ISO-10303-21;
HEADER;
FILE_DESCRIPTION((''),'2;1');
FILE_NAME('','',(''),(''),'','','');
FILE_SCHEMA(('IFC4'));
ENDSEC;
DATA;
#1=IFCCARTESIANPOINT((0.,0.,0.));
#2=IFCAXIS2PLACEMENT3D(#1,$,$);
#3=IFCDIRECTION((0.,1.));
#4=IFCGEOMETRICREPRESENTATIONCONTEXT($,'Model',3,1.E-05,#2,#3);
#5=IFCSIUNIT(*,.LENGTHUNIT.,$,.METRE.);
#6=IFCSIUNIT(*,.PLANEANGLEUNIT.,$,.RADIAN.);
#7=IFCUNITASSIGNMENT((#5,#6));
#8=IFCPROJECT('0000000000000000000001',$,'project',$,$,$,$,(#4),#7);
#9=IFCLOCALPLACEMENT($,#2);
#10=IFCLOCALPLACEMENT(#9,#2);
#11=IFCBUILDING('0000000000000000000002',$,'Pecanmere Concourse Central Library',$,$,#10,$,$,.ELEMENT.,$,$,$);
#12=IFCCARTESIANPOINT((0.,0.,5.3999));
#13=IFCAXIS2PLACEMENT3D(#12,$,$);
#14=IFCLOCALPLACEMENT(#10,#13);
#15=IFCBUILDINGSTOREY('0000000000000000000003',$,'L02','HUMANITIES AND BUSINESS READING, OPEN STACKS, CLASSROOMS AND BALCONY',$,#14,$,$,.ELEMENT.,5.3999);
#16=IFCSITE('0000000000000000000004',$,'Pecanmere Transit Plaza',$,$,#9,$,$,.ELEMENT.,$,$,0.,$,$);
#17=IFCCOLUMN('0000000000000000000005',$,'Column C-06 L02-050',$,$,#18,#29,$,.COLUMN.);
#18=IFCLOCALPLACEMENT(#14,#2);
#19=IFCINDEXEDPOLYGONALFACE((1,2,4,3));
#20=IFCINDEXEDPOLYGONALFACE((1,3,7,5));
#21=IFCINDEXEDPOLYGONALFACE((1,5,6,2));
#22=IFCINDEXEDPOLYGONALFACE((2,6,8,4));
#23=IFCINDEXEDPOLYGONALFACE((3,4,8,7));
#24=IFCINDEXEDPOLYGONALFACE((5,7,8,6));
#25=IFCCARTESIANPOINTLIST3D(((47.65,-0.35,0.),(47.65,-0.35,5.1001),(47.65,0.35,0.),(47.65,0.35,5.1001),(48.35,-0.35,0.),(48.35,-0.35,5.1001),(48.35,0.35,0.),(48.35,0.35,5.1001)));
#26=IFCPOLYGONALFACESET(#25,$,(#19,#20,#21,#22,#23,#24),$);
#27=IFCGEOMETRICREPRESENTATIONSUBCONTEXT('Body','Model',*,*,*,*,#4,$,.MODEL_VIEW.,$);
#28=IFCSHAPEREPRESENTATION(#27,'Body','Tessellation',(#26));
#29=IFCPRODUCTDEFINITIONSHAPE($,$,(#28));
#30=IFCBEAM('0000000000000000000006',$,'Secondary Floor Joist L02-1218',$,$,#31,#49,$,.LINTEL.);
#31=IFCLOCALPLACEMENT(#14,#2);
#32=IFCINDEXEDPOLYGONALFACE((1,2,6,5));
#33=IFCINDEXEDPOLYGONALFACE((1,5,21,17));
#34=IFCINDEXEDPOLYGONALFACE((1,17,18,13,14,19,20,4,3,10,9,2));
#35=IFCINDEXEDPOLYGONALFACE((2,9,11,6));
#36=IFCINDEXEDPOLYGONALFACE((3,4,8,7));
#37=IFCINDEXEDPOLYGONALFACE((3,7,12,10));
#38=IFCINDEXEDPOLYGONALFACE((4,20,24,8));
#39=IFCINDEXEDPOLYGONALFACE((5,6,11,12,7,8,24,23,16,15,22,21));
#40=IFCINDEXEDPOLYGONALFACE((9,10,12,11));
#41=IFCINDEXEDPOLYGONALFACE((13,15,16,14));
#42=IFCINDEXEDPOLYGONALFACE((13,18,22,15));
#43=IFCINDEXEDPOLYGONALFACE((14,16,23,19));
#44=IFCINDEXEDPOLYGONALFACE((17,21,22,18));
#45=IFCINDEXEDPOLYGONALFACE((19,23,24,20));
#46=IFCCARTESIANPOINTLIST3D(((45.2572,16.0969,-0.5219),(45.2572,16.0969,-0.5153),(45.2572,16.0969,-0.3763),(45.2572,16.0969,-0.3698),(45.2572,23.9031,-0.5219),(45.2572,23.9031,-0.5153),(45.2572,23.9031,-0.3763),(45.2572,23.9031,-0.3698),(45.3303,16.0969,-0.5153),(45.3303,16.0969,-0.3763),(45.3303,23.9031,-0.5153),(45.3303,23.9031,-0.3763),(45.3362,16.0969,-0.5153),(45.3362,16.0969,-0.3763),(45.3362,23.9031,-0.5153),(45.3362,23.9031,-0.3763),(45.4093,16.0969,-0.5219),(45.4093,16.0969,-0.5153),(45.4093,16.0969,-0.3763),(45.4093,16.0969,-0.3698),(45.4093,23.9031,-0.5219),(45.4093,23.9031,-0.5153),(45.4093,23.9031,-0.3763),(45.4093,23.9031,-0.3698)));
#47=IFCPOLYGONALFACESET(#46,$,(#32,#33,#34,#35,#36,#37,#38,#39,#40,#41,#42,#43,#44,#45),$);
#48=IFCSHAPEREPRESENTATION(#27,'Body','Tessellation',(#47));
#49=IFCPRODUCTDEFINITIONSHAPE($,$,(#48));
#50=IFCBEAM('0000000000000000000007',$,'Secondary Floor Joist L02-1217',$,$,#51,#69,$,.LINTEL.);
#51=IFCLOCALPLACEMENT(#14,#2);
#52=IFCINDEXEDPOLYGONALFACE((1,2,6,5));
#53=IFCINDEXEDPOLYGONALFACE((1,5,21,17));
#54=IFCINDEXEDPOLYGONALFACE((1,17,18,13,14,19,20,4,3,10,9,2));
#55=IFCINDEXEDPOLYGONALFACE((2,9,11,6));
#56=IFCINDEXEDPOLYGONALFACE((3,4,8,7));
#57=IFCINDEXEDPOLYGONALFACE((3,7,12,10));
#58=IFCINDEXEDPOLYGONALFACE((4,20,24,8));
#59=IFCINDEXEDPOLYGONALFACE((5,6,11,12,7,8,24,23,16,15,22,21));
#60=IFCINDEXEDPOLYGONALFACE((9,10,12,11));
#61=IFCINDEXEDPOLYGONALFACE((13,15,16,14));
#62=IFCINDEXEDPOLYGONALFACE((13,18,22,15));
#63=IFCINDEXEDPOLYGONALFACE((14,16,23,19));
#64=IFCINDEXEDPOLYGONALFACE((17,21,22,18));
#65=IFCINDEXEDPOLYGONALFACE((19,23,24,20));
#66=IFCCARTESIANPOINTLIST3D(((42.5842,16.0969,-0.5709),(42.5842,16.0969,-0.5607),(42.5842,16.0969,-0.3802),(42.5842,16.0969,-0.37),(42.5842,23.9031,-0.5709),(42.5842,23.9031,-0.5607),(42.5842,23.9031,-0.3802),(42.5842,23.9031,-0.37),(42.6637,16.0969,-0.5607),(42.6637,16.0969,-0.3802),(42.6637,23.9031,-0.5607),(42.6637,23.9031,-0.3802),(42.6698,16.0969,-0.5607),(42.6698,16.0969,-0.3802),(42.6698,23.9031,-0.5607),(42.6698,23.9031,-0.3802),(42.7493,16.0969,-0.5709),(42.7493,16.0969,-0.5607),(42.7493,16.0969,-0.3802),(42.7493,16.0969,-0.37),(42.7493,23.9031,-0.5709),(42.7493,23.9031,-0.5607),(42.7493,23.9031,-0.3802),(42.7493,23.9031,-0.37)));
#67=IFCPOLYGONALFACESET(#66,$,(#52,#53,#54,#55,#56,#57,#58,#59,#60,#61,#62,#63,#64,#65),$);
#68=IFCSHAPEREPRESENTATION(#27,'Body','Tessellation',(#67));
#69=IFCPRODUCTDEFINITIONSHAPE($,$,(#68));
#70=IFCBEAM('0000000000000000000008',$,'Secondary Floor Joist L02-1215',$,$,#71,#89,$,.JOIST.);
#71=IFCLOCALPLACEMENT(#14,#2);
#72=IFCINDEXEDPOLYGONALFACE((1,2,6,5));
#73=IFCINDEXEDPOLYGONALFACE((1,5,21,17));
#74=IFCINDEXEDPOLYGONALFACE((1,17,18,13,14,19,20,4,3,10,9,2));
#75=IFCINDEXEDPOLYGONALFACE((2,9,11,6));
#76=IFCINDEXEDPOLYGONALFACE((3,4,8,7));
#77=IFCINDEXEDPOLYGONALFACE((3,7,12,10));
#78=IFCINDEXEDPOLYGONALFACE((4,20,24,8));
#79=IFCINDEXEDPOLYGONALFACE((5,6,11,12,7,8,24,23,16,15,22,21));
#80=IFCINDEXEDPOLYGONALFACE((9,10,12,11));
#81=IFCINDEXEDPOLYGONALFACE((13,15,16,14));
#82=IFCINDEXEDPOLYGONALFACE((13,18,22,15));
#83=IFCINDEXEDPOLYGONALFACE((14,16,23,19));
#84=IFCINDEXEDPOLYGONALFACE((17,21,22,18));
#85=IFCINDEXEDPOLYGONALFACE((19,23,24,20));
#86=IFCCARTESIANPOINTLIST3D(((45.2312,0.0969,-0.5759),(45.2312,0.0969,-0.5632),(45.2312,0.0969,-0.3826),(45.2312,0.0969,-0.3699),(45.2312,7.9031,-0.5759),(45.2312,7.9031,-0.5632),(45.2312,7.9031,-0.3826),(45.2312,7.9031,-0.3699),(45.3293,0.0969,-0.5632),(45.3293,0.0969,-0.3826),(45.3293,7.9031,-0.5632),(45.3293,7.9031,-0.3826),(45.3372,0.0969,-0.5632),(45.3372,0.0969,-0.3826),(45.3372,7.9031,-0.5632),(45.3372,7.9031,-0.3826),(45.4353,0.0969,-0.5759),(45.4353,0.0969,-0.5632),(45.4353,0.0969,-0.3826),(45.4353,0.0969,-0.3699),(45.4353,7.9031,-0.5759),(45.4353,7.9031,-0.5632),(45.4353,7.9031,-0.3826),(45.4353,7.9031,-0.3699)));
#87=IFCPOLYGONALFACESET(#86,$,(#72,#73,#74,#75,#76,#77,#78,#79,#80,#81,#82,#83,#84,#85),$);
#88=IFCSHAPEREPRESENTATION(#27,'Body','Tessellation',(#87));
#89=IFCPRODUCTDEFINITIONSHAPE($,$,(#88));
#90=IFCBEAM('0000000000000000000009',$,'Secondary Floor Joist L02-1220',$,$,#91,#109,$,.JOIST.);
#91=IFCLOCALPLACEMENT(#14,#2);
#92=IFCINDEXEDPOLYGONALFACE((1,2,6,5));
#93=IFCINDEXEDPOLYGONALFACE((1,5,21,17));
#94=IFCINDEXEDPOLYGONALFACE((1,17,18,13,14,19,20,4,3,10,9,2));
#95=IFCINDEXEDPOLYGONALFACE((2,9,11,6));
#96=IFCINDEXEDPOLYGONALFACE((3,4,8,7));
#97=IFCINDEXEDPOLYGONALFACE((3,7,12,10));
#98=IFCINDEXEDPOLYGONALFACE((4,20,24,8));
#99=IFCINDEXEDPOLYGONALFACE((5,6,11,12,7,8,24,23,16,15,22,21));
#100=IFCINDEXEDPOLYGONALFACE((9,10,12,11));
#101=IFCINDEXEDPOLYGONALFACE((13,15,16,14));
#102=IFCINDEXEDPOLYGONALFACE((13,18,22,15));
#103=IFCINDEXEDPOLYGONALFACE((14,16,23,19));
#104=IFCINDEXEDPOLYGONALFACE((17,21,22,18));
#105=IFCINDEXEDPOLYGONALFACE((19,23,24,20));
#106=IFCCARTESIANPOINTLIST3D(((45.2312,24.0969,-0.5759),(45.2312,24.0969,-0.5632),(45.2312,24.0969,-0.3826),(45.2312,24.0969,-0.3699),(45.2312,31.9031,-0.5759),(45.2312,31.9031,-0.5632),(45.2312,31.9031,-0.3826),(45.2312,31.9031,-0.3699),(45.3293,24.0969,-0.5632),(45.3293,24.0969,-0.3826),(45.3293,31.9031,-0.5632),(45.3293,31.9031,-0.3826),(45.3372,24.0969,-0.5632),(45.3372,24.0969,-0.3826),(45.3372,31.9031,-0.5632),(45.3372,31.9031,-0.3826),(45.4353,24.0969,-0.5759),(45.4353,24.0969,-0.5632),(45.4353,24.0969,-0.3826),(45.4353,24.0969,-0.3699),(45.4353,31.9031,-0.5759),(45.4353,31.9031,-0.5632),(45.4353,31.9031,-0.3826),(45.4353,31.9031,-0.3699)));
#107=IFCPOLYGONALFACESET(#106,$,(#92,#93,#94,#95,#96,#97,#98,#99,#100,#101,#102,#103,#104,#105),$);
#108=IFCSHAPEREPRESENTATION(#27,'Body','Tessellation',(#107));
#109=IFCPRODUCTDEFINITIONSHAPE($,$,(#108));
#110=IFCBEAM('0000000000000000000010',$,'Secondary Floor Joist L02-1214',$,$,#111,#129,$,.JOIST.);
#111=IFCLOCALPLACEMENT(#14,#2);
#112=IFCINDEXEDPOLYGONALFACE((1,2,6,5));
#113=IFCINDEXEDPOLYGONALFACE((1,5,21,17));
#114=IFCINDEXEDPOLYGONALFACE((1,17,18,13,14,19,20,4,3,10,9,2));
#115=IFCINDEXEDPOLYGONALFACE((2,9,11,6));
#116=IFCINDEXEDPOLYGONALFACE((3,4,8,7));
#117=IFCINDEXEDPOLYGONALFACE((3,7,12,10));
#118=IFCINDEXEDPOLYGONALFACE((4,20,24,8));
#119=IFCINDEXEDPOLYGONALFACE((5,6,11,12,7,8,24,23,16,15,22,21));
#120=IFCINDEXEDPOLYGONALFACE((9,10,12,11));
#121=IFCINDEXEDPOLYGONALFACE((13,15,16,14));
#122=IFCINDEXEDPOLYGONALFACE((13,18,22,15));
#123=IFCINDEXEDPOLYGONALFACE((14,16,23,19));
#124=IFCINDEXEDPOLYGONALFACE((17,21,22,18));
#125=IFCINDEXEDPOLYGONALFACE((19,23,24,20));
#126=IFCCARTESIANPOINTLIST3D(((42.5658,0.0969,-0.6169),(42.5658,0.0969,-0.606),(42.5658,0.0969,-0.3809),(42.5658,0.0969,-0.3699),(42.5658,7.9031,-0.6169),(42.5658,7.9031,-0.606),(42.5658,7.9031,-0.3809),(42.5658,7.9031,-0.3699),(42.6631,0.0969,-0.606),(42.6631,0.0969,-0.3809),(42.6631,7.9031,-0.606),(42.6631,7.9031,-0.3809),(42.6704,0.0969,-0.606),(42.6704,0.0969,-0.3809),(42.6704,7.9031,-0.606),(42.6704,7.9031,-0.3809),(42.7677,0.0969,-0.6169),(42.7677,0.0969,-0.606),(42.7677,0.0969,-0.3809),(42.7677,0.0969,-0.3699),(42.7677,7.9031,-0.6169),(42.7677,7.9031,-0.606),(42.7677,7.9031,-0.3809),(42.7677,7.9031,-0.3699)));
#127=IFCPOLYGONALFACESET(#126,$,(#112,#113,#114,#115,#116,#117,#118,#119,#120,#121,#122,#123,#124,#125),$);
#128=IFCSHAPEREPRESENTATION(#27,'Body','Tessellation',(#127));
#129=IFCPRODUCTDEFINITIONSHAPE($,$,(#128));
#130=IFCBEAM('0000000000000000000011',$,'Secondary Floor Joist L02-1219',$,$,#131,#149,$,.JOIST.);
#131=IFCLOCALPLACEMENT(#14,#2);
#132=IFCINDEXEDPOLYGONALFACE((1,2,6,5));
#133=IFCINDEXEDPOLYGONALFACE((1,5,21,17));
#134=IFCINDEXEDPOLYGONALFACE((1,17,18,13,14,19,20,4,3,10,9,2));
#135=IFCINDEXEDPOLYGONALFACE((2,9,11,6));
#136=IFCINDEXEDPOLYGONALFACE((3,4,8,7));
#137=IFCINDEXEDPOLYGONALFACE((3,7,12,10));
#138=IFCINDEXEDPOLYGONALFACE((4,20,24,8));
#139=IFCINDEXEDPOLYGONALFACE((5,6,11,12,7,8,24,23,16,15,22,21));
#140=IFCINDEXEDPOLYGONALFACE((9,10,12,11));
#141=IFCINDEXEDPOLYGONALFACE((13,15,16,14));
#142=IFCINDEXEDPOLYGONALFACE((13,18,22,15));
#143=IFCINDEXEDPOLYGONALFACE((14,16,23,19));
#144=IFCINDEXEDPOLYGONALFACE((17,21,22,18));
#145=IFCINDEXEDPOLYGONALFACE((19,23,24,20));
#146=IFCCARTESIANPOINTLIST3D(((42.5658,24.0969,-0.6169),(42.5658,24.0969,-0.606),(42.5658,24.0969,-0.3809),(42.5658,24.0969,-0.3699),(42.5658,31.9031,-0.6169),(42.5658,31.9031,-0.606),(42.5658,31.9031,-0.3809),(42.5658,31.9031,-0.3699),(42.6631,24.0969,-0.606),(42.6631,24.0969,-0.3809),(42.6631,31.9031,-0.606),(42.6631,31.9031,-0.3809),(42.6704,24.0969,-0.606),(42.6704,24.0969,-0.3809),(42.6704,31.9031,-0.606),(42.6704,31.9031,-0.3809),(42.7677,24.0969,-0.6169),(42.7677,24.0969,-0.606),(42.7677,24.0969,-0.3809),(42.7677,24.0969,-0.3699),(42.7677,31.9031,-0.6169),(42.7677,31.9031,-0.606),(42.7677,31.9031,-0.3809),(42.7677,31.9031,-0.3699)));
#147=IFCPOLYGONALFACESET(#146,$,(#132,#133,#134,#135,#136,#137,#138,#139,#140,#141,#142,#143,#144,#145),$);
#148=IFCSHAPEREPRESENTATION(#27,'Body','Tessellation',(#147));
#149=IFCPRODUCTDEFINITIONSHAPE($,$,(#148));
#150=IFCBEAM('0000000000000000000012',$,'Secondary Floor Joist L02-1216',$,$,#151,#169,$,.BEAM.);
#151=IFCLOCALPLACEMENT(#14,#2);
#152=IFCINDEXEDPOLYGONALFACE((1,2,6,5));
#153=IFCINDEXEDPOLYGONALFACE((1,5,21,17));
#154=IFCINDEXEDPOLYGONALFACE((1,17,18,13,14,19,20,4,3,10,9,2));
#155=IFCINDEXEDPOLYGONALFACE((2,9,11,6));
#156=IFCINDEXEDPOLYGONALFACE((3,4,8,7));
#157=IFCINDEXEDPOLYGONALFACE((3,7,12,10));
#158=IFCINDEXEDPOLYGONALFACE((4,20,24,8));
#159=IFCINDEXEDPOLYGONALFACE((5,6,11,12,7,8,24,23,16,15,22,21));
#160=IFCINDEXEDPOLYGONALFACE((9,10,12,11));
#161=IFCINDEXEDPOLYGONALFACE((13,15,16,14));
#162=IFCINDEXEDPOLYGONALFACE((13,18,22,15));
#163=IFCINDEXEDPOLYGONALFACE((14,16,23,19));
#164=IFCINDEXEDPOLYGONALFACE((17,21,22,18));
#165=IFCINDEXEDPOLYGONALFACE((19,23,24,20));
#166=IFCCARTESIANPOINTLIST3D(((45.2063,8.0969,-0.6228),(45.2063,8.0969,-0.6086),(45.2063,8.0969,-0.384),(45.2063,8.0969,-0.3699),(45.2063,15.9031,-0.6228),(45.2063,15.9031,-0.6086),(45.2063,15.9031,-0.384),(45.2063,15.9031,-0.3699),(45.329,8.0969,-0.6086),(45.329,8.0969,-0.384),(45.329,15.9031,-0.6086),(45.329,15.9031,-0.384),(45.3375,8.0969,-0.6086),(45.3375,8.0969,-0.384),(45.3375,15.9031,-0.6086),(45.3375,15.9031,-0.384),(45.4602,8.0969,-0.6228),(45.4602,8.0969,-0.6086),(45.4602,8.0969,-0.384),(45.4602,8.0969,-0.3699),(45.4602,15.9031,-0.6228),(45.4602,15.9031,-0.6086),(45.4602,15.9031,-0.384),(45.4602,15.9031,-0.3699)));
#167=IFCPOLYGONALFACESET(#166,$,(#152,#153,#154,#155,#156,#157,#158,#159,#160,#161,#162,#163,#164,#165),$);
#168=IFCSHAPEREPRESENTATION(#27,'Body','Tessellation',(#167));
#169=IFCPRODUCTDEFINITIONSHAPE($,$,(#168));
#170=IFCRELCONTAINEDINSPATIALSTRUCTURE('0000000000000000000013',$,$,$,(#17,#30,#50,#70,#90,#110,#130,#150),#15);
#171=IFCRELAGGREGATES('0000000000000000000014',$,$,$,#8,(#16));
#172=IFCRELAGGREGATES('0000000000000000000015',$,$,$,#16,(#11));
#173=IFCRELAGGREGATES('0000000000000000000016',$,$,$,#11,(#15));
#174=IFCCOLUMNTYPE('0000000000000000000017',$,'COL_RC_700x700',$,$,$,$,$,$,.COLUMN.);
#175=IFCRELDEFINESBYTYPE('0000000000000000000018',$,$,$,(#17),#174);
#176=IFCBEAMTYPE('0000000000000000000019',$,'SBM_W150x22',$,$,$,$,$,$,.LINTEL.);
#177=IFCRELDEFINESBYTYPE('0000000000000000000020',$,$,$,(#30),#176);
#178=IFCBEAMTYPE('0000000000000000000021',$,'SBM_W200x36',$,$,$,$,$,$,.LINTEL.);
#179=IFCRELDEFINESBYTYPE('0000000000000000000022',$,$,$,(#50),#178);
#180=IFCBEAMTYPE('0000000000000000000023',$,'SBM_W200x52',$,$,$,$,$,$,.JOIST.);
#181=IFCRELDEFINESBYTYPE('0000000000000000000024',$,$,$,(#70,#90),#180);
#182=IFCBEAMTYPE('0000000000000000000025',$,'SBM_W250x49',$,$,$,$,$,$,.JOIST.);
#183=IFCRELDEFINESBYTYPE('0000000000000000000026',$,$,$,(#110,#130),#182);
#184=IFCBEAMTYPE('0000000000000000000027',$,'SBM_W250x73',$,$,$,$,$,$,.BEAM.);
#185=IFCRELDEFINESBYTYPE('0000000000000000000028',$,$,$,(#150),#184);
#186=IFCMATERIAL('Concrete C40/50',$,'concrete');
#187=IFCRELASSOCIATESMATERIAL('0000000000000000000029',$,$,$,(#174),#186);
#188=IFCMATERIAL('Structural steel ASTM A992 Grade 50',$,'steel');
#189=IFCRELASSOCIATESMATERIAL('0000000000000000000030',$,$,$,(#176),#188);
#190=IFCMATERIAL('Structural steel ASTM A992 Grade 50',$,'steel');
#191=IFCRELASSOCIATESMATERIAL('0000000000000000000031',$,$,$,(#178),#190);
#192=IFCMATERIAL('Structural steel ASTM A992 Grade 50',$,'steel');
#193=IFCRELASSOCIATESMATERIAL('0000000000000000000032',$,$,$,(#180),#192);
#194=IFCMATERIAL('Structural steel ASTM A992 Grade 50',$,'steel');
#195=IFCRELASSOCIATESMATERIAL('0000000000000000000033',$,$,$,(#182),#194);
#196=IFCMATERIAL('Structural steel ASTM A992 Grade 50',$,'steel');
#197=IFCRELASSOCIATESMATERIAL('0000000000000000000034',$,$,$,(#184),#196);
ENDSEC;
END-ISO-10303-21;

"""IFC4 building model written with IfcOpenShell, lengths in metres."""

from ifc_helpers import new_model, si_unit, direction, frame, origin, origin_2d, place, context, subcontext, project, spatial, rectangle, i_section, extrude, material, material_profile, profile_set, type_object, element, save


model = new_model("IFC4")

# Units and contexts
model_context = context("Model", 3, precision=1e-05, world=origin(), true_north=direction((0.0, 1.0)))
body_context = subcontext(model_context, "Body", "Model", "MODEL_VIEW")
ifc_project = project(units=[si_unit("LENGTHUNIT", "METRE"), si_unit("PLANEANGLEUNIT", "RADIAN")], contexts=[model_context])

# Site, building, storey
site_placement = place(None, origin())
site = spatial("IfcSite", under=ifc_project, at=site_placement, Name="Pecanmere Transit Plaza", CompositionType="ELEMENT", RefElevation=0.0)
building_placement = place(site_placement, origin())
building = spatial("IfcBuilding", under=site, at=building_placement, Name="Pecanmere Concourse Central Library", CompositionType="ELEMENT")
storey_placement = place(building_placement, frame((0.0, 0.0, 5.3999)))
storey = spatial("IfcBuildingStorey", under=building, at=storey_placement, Name="L02", Description="HUMANITIES AND BUSINESS READING, OPEN STACKS, CLASSROOMS AND BALCONY", CompositionType="ELEMENT", Elevation=5.3999)

# Column
ifc_material_1 = material(Name="Concrete C40/50", Category="concrete")
ifc_material_profile_1 = material_profile(ifc_material_1, rectangle(XDim=0.7, YDim=0.7, at=origin_2d()), Name="RC 700x700")
ifc_profile_set_1 = profile_set([ifc_material_profile_1], Name="Concrete C40/50")
column_type = type_object("IfcColumnType", Name="COL_RC_700x700", PredefinedType="COLUMN", material=ifc_profile_set_1)
column_placement = place(storey_placement, frame((48.0, 0.0, 0.0), z_axis=(0.0, 0.0, 1.0), x_axis=(1.0, 0.0, 0.0)))
element("IfcColumn", 1, at=column_placement, inside=storey, type_object=column_type, Name="Column C-06 L02-050", PredefinedType="COLUMN", context=body_context, shape_type="SweptSolid", body=[
    extrude(rectangle(XDim=0.7, YDim=0.7, at=origin_2d()), origin(), (0.0, 0.0, 1.0), 5.1001),
])

# Beams
ifc_material_2 = material(Name="Structural steel ASTM A992 Grade 50", Category="steel")
ifc_material_profile_2 = material_profile(ifc_material_2, i_section(OverallWidth=0.1521, OverallDepth=0.1521, WebThickness=0.0059, FlangeThickness=0.0066, at=origin_2d()), Name="W150x22.5")
ifc_profile_set_2 = profile_set([ifc_material_profile_2], Name="Structural steel ASTM A992 Grade 50")
beam_type_1 = type_object("IfcBeamType", Name="SBM_W150x22", PredefinedType="LINTEL", material=ifc_profile_set_2)
beam_1_placement = place(storey_placement, frame((45.3333, 16.0969, -0.4458), z_axis=(0.0, 1.0, 0.0), x_axis=(-1.0, 0.0, 0.0)))
element("IfcBeam", 2, at=beam_1_placement, inside=storey, type_object=beam_type_1, Name="Secondary Floor Joist L02-1218", PredefinedType="LINTEL", context=body_context, shape_type="SweptSolid", body=[
    extrude(i_section(OverallWidth=0.1521, OverallDepth=0.1521, WebThickness=0.0059, FlangeThickness=0.0066, at=origin_2d()), origin(), (0.0, 0.0, 1.0), 7.8062),
])
ifc_material_3 = material(Name="Structural steel ASTM A992 Grade 50", Category="steel")
ifc_material_profile_3 = material_profile(ifc_material_3, i_section(OverallWidth=0.165, OverallDepth=0.2009, WebThickness=0.0061, FlangeThickness=0.0103, at=origin_2d()), Name="W200x35.9")
ifc_profile_set_3 = profile_set([ifc_material_profile_3], Name="Structural steel ASTM A992 Grade 50")
beam_type_2 = type_object("IfcBeamType", Name="SBM_W200x36", PredefinedType="LINTEL", material=ifc_profile_set_3)
beam_2_placement = place(storey_placement, frame((42.6667, 16.0969, -0.4705), z_axis=(0.0, 1.0, 0.0), x_axis=(-1.0, 0.0, 0.0)))
element("IfcBeam", 3, at=beam_2_placement, inside=storey, type_object=beam_type_2, Name="Secondary Floor Joist L02-1217", PredefinedType="LINTEL", context=body_context, shape_type="SweptSolid", body=[
    extrude(i_section(OverallWidth=0.165, OverallDepth=0.2009, WebThickness=0.0061, FlangeThickness=0.0103, at=origin_2d()), origin(), (0.0, 0.0, 1.0), 7.8062),
])
ifc_material_4 = material(Name="Structural steel ASTM A992 Grade 50", Category="steel")
ifc_material_profile_4 = material_profile(ifc_material_4, i_section(OverallWidth=0.2041, OverallDepth=0.2061, WebThickness=0.0078, FlangeThickness=0.0127, at=origin_2d()), Name="W200x52")
ifc_profile_set_4 = profile_set([ifc_material_profile_4], Name="Structural steel ASTM A992 Grade 50")
beam_type_3 = type_object("IfcBeamType", Name="SBM_W200x52", PredefinedType="JOIST", material=ifc_profile_set_4)
for number, where, z_axis, x_axis, name in (
    (4, (45.3333, 0.0969, -0.4729), (0.0, 1.0, 0.0), (-1.0, 0.0, 0.0), "Secondary Floor Joist L02-1215"),
    (5, (45.3333, 24.0969, -0.4729), (0.0, 1.0, 0.0), (-1.0, 0.0, 0.0), "Secondary Floor Joist L02-1220"),
):
    element("IfcBeam", number, at=place(storey_placement, frame(where, z_axis=z_axis, x_axis=x_axis)), inside=storey, type_object=beam_type_3, Name=name, PredefinedType="JOIST", context=body_context, shape_type="SweptSolid", body=[
        extrude(i_section(OverallWidth=0.2041, OverallDepth=0.2061, WebThickness=0.0078, FlangeThickness=0.0127, at=origin_2d()), origin(), (0.0, 0.0, 1.0), 7.8062),
    ])
ifc_material_5 = material(Name="Structural steel ASTM A992 Grade 50", Category="steel")
ifc_material_profile_5 = material_profile(ifc_material_5, i_section(OverallWidth=0.2019, OverallDepth=0.2471, WebThickness=0.0073, FlangeThickness=0.011, at=origin_2d()), Name="W250x49.1")
ifc_profile_set_5 = profile_set([ifc_material_profile_5], Name="Structural steel ASTM A992 Grade 50")
beam_type_4 = type_object("IfcBeamType", Name="SBM_W250x49", PredefinedType="JOIST", material=ifc_profile_set_5)
for number, where, z_axis, x_axis, name in (
    (6, (42.6667, 0.0969, -0.4934), (0.0, 1.0, 0.0), (-1.0, 0.0, 0.0), "Secondary Floor Joist L02-1214"),
    (7, (42.6667, 24.0969, -0.4934), (0.0, 1.0, 0.0), (-1.0, 0.0, 0.0), "Secondary Floor Joist L02-1219"),
):
    element("IfcBeam", number, at=place(storey_placement, frame(where, z_axis=z_axis, x_axis=x_axis)), inside=storey, type_object=beam_type_4, Name=name, PredefinedType="JOIST", context=body_context, shape_type="SweptSolid", body=[
        extrude(i_section(OverallWidth=0.2019, OverallDepth=0.2471, WebThickness=0.0073, FlangeThickness=0.011, at=origin_2d()), origin(), (0.0, 0.0, 1.0), 7.8062),
    ])
ifc_material_6 = material(Name="Structural steel ASTM A992 Grade 50", Category="steel")
ifc_material_profile_6 = material_profile(ifc_material_6, i_section(OverallWidth=0.2539, OverallDepth=0.2529, WebThickness=0.0085, FlangeThickness=0.0142, at=origin_2d()), Name="W250x73")
ifc_profile_set_6 = profile_set([ifc_material_profile_6], Name="Structural steel ASTM A992 Grade 50")
beam_type_5 = type_object("IfcBeamType", Name="SBM_W250x73", PredefinedType="BEAM", material=ifc_profile_set_6)
beam_3_placement = place(storey_placement, frame((45.3333, 8.0969, -0.4963), z_axis=(0.0, 1.0, 0.0), x_axis=(-1.0, 0.0, 0.0)))
element("IfcBeam", 8, at=beam_3_placement, inside=storey, type_object=beam_type_5, Name="Secondary Floor Joist L02-1216", PredefinedType="BEAM", context=body_context, shape_type="SweptSolid", body=[
    extrude(i_section(OverallWidth=0.2539, OverallDepth=0.2529, WebThickness=0.0085, FlangeThickness=0.0142, at=origin_2d()), origin(), (0.0, 0.0, 1.0), 7.8062),
])

save(model, "model.ifc")
